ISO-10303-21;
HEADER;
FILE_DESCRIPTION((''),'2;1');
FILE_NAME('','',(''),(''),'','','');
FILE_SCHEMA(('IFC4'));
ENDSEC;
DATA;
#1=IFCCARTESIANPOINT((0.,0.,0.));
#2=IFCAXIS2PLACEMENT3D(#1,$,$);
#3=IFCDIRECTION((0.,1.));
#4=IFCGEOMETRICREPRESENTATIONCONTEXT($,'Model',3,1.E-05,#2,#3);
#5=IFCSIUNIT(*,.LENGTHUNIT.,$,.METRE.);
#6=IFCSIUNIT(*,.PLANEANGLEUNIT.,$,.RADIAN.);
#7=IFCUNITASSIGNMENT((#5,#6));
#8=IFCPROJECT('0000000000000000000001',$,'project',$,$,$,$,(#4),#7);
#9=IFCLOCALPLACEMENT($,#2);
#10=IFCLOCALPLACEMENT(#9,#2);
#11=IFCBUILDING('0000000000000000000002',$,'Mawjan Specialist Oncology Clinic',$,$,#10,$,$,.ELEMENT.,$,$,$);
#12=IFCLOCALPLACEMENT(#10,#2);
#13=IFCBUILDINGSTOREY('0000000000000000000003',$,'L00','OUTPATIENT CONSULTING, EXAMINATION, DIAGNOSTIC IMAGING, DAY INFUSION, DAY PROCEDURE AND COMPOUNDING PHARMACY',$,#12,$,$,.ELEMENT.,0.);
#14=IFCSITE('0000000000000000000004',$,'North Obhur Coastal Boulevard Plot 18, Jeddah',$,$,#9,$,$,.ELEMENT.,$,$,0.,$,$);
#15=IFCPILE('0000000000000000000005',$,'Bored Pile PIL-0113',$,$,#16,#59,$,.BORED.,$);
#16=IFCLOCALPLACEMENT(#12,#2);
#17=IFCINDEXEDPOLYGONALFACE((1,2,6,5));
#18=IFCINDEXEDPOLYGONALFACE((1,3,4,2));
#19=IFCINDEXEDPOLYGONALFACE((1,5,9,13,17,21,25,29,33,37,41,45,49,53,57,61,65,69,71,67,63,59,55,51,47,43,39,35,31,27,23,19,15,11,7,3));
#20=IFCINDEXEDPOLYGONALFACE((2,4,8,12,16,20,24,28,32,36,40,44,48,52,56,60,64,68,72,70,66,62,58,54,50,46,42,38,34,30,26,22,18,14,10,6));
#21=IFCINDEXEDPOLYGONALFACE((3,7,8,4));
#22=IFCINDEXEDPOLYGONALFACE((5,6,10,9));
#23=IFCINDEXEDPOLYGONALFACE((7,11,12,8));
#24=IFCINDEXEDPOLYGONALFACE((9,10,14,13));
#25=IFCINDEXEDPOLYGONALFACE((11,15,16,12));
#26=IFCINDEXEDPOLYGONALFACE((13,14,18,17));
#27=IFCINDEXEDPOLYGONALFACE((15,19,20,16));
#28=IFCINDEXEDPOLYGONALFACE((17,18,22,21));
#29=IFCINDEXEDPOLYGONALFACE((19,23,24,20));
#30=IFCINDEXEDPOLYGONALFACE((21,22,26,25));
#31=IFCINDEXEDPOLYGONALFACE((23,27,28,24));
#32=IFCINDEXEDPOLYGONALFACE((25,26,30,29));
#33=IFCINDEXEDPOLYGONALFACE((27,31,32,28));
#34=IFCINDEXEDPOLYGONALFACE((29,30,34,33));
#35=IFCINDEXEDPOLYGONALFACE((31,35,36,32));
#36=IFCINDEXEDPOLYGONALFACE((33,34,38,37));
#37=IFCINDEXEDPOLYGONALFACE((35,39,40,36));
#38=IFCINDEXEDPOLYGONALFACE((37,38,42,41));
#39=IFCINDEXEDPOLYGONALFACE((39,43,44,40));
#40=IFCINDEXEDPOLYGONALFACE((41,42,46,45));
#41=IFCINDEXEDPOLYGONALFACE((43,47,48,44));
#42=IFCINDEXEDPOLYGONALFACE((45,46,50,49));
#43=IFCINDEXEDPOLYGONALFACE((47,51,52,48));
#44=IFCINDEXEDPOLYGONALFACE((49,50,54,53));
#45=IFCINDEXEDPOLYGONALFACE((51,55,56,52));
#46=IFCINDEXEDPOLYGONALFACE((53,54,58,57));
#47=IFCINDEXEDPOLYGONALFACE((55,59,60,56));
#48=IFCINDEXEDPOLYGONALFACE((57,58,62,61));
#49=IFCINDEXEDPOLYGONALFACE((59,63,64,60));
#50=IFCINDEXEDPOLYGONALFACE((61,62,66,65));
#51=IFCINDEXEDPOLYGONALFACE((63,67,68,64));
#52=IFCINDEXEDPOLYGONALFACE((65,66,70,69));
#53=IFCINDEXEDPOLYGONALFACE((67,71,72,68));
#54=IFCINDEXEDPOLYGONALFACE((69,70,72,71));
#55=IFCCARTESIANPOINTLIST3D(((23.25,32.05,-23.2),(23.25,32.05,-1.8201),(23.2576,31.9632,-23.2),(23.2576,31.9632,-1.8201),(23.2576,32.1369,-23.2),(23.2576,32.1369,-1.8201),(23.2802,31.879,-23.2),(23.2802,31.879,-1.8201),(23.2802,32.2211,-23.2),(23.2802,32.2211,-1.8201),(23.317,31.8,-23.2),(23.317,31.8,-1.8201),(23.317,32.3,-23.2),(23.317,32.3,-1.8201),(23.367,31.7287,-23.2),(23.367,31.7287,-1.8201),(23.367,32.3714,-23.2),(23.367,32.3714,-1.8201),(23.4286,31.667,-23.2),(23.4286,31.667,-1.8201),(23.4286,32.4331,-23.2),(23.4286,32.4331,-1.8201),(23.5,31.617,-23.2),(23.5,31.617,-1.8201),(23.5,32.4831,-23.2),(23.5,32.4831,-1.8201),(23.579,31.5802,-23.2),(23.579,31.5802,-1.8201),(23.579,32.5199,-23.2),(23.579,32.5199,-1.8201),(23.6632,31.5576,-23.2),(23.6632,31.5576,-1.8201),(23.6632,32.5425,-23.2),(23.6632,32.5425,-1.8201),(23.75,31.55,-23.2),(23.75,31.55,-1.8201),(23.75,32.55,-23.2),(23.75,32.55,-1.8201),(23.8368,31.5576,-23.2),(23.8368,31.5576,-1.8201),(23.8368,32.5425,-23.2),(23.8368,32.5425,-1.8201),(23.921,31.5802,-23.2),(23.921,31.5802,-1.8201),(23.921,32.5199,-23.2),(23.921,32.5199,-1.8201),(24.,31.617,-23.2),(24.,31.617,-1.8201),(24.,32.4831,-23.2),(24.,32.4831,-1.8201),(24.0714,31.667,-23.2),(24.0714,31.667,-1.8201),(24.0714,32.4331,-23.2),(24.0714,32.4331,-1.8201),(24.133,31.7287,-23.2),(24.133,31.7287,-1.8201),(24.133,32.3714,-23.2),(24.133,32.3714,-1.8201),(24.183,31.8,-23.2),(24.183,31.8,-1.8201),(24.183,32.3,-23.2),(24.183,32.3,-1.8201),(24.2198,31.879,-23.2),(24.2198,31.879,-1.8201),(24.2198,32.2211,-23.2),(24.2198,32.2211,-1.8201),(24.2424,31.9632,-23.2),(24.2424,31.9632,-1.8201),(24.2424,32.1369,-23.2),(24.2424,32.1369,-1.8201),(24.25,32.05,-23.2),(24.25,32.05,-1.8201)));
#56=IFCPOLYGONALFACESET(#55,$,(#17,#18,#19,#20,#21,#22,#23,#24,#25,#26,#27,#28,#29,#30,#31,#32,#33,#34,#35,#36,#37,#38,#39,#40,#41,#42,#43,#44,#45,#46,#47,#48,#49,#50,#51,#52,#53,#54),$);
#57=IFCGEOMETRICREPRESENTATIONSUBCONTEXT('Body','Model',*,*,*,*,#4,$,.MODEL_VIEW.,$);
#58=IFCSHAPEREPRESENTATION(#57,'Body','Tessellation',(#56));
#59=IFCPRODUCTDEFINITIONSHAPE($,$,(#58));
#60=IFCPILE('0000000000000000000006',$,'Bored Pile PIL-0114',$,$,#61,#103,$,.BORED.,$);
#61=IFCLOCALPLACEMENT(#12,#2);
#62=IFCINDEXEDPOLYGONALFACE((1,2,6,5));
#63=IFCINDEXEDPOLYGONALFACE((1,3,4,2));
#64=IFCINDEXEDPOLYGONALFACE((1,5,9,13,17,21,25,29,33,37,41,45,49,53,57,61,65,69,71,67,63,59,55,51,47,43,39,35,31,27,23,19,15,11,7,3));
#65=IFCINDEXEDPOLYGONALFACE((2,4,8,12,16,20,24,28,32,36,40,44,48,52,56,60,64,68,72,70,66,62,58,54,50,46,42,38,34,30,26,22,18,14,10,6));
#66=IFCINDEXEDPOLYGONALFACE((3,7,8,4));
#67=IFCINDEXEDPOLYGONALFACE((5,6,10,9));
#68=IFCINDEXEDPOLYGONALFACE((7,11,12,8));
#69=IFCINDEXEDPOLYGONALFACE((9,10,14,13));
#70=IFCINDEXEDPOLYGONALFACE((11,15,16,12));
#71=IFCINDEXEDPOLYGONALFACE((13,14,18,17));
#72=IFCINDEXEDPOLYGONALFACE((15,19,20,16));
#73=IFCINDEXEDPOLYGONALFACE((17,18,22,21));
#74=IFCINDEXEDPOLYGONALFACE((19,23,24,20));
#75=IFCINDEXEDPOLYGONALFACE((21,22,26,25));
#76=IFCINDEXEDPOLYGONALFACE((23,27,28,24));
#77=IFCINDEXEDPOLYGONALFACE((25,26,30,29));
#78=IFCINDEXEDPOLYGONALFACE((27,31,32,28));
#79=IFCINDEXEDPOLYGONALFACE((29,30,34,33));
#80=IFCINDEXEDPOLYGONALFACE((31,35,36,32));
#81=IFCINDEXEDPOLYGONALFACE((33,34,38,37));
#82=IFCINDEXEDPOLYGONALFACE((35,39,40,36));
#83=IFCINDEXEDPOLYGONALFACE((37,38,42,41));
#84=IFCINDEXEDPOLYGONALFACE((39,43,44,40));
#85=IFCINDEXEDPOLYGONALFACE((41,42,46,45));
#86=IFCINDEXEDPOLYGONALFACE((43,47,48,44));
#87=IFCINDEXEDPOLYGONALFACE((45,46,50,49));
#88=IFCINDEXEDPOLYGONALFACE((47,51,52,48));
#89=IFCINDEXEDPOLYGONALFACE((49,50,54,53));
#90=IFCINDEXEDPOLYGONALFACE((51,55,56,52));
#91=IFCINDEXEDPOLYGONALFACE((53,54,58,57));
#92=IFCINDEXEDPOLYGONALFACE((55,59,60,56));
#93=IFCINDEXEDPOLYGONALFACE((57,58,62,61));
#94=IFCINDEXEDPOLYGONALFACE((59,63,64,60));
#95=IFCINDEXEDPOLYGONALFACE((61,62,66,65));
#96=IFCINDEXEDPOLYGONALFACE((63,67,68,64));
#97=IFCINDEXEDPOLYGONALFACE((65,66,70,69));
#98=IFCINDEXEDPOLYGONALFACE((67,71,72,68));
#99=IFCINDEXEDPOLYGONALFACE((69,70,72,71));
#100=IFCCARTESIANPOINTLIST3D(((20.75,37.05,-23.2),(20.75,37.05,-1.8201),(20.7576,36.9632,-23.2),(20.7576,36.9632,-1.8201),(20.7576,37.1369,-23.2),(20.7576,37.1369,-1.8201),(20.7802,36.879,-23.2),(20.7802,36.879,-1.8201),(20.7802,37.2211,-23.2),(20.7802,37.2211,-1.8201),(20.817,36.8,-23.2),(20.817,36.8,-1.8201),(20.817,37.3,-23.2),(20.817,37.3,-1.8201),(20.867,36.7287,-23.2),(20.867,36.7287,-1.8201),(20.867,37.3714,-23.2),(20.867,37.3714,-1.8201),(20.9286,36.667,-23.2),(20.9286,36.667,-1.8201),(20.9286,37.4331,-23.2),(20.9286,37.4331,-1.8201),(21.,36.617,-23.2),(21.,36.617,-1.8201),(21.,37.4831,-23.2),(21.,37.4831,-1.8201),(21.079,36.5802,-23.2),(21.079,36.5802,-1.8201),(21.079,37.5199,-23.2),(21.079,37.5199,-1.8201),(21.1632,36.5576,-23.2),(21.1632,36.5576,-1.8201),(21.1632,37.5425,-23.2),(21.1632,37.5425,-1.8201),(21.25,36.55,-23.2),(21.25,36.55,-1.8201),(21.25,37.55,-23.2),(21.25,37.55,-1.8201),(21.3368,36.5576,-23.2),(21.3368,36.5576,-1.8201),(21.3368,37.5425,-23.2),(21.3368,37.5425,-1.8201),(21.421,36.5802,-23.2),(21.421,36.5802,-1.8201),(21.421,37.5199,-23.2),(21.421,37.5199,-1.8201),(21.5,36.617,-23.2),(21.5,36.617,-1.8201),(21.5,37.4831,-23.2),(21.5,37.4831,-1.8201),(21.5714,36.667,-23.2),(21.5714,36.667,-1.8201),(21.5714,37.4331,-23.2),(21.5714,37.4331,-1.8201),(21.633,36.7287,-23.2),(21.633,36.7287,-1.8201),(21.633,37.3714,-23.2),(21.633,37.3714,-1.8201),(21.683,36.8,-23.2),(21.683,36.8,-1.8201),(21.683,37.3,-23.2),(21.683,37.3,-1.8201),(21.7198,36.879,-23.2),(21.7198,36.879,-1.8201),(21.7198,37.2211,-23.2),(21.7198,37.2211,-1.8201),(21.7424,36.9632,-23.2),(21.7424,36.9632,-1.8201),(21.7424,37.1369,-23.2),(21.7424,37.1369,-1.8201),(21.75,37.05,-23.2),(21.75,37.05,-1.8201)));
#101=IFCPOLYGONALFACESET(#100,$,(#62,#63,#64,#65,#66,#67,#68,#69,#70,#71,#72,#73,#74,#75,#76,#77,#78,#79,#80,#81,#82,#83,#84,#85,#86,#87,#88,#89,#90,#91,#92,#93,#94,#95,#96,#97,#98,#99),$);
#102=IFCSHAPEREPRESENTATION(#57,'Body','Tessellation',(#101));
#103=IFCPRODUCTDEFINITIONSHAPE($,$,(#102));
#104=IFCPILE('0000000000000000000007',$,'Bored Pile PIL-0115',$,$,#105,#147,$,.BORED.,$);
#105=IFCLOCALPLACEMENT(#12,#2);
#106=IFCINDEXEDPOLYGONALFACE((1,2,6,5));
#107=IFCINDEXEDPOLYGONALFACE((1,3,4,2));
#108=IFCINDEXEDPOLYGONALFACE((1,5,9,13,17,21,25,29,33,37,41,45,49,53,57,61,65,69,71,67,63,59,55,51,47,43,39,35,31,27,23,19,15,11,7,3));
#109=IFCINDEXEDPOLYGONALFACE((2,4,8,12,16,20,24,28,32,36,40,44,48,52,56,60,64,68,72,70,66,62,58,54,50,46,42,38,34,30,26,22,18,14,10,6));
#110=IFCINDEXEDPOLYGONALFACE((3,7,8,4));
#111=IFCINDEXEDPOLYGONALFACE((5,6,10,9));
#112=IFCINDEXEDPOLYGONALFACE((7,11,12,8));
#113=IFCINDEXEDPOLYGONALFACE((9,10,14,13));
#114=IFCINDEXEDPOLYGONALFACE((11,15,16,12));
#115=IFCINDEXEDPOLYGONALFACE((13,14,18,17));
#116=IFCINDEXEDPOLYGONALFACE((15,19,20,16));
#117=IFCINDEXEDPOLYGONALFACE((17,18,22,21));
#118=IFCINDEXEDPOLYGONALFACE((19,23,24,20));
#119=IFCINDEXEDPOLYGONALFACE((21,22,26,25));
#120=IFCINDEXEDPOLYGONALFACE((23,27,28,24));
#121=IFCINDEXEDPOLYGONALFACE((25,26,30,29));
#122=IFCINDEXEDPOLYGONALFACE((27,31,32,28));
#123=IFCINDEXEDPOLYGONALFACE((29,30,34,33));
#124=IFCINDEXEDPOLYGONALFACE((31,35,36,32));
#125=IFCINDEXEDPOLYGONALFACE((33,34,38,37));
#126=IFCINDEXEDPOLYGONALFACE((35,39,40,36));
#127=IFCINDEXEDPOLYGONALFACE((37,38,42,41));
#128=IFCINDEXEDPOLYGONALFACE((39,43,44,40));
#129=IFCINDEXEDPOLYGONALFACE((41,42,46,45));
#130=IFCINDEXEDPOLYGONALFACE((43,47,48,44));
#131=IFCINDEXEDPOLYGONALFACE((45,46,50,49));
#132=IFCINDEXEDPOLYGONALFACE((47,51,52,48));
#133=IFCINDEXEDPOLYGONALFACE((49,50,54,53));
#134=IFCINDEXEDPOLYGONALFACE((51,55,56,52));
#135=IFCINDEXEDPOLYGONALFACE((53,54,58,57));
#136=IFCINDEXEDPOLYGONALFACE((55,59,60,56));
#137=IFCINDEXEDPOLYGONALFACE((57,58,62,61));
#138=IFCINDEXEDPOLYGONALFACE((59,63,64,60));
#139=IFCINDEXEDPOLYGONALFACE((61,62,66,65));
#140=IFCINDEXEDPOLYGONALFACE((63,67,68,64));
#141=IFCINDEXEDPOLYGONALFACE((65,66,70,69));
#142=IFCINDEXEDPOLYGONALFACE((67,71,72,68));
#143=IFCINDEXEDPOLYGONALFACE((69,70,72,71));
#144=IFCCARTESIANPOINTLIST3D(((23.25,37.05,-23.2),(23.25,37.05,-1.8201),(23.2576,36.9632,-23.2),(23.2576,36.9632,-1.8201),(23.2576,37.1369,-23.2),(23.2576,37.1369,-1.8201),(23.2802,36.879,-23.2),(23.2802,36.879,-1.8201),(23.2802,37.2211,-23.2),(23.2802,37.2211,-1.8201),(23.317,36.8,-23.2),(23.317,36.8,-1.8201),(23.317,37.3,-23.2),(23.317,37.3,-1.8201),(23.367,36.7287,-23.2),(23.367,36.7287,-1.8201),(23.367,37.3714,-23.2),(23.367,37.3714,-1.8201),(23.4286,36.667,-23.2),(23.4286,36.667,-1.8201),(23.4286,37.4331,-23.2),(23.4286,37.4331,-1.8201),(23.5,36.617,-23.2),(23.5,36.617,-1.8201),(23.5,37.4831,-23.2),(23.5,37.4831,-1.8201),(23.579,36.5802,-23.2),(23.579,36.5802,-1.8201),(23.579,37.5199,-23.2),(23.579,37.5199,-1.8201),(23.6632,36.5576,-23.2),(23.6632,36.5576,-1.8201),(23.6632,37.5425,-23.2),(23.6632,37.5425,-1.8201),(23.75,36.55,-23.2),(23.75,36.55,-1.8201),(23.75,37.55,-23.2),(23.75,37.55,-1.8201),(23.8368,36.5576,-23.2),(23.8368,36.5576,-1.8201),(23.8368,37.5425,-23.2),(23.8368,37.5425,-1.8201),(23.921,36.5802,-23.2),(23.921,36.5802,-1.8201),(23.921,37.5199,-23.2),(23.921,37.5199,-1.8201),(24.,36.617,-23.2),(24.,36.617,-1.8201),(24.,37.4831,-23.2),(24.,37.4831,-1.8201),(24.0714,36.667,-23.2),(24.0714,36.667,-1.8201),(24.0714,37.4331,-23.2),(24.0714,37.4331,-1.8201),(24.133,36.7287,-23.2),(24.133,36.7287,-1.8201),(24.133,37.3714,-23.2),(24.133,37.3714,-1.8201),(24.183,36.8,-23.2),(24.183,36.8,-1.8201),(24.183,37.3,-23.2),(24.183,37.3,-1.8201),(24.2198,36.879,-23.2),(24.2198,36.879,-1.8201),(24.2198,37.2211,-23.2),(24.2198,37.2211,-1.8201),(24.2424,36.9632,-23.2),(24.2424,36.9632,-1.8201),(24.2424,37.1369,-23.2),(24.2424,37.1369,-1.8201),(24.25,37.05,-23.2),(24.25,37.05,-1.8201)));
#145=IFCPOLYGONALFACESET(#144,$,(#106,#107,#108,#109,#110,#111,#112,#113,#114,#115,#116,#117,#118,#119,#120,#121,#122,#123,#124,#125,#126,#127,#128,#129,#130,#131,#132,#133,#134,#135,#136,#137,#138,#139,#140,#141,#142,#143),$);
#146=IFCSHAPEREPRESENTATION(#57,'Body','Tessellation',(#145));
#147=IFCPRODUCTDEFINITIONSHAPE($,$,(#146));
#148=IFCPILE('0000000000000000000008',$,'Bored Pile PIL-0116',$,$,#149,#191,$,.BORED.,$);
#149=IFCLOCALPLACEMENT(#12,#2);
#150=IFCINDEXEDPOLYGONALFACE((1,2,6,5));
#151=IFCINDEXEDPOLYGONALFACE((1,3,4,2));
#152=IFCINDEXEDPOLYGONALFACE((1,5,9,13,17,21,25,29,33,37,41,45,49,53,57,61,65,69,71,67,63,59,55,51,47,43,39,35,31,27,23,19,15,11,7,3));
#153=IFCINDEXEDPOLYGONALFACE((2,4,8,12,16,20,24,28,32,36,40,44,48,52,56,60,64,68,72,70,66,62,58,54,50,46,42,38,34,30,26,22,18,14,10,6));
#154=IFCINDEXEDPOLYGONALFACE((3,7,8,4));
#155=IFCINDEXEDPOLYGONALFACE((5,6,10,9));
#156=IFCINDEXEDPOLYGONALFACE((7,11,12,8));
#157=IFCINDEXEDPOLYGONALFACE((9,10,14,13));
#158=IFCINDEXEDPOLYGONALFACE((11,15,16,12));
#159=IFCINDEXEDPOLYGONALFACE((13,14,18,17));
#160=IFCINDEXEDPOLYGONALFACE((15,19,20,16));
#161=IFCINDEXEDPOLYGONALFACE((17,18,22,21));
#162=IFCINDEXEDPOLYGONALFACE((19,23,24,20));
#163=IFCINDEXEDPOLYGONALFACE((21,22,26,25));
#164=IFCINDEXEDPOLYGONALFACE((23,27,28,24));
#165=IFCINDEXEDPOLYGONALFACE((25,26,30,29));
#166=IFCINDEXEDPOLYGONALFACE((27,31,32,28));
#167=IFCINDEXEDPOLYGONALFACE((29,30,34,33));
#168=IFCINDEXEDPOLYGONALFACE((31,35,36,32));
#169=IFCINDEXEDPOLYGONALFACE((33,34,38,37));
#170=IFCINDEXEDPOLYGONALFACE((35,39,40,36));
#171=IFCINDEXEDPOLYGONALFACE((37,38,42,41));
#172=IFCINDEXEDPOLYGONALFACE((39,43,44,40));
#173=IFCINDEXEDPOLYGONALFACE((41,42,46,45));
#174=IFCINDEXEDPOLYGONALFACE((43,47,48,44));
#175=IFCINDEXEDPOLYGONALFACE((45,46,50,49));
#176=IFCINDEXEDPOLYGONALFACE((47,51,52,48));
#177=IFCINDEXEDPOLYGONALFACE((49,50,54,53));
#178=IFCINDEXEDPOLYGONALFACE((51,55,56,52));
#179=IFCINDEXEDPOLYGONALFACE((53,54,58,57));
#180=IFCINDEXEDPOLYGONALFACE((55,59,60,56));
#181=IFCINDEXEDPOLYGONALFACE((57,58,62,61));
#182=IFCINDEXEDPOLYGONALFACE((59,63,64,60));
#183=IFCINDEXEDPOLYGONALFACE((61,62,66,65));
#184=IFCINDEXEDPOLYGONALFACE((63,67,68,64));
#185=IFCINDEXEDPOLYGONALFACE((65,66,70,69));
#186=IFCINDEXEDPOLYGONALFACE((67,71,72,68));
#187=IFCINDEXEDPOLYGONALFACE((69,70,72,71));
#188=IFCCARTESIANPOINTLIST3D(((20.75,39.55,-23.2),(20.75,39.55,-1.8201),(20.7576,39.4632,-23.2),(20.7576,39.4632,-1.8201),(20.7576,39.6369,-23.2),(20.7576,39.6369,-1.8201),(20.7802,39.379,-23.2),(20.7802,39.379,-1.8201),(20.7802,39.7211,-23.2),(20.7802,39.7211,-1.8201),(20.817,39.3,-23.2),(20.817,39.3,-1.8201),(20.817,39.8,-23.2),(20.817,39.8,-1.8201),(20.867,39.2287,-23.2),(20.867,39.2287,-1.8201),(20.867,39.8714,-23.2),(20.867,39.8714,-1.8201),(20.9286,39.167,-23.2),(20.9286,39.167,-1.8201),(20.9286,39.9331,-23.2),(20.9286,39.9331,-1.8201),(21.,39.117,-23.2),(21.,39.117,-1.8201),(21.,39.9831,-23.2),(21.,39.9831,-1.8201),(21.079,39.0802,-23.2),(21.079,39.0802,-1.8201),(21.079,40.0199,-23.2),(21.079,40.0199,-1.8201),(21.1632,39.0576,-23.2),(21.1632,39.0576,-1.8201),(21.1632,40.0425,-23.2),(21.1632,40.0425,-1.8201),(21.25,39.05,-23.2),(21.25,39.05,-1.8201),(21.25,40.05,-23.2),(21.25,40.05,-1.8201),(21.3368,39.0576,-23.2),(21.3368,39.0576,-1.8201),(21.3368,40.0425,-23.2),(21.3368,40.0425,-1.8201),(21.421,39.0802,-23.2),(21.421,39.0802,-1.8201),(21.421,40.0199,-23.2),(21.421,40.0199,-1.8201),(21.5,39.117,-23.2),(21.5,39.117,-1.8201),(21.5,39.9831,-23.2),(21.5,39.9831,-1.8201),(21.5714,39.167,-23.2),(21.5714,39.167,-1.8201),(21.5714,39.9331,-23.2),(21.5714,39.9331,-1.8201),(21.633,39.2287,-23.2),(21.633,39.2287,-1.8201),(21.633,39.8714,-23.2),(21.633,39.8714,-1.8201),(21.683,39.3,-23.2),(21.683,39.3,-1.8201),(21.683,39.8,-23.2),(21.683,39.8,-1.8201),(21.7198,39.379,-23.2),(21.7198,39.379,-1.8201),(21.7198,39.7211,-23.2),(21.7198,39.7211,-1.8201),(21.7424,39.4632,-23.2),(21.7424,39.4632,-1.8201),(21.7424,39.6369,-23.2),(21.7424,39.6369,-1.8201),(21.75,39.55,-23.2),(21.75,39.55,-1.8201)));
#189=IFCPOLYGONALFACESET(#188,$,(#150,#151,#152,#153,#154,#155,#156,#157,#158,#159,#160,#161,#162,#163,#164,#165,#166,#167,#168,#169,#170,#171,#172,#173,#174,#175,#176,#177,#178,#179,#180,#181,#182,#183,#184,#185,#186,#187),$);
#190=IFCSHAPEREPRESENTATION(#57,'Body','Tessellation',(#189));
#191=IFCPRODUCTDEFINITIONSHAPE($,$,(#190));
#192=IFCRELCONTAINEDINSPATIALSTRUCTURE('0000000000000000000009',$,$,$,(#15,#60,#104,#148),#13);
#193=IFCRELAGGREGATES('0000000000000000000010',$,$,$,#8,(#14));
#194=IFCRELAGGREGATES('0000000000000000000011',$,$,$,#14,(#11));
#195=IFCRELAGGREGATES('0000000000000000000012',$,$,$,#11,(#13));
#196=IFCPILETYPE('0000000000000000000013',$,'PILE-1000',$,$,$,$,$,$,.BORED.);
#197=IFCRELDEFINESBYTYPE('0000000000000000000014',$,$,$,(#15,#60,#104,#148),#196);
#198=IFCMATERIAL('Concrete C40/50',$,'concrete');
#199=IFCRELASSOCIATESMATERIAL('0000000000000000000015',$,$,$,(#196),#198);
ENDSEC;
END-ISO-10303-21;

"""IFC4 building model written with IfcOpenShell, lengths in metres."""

from ifc_helpers import new_model, si_unit, direction, frame, origin, origin_2d, place, context, subcontext, project, spatial, circle, extrude, material, material_profile, profile_set, type_object, element, save


model = new_model("IFC4")

# Units and contexts
model_context = context("Model", 3, precision=1e-05, world=origin(), true_north=direction((0.0, 1.0)))
body_context = subcontext(model_context, "Body", "Model", "MODEL_VIEW")
ifc_project = project(units=[si_unit("LENGTHUNIT", "METRE"), si_unit("PLANEANGLEUNIT", "RADIAN")], contexts=[model_context])

# Site, building, storey
site_placement = place(None, origin())
site = spatial("IfcSite", under=ifc_project, at=site_placement, Name="North Obhur Coastal Boulevard Plot 18, Jeddah", CompositionType="ELEMENT", RefElevation=0.0)
building_placement = place(site_placement, origin())
building = spatial("IfcBuilding", under=site, at=building_placement, Name="Mawjan Specialist Oncology Clinic", CompositionType="ELEMENT")
storey_placement = place(building_placement, origin())
storey = spatial("IfcBuildingStorey", under=building, at=storey_placement, Name="L00", Description="OUTPATIENT CONSULTING, EXAMINATION, DIAGNOSTIC IMAGING, DAY INFUSION, DAY PROCEDURE AND COMPOUNDING PHARMACY", CompositionType="ELEMENT", Elevation=0.0)

# Piles
ifc_material_1 = material(Name="Concrete C40/50", Category="concrete")
ifc_material_profile_1 = material_profile(ifc_material_1, circle(Radius=0.5, at=origin_2d()), Name="BORED PILE D1000", Category="concrete")
ifc_profile_set_1 = profile_set([ifc_material_profile_1], Name="Concrete C40/50")
pile_type_1 = type_object("IfcPileType", Name="PILE-1000", PredefinedType="BORED", material=ifc_profile_set_1)
for number, where, z_axis, x_axis, name in (
    (1, (23.75, 32.05, -1.8201), (0.0, 0.0, -1.0), (1.0, 0.0, 0.0), "Bored Pile PIL-0113"),
    (2, (21.25, 37.05, -1.8201), (0.0, 0.0, -1.0), (1.0, 0.0, 0.0), "Bored Pile PIL-0114"),
    (3, (23.75, 37.05, -1.8201), (0.0, 0.0, -1.0), (1.0, 0.0, 0.0), "Bored Pile PIL-0115"),
    (4, (21.25, 39.55, -1.8201), (0.0, 0.0, -1.0), (1.0, 0.0, 0.0), "Bored Pile PIL-0116"),
):
    element("IfcPile", number, at=place(storey_placement, frame(where, z_axis=z_axis, x_axis=x_axis)), inside=storey, type_object=pile_type_1, Name=name, PredefinedType="BORED", context=body_context, shape_type="SweptSolid", body=[
        extrude(circle(Radius=0.5, at=origin_2d()), origin(), (0.0, 0.0, 1.0), 21.3799),
    ])

save(model, "model.ifc")
